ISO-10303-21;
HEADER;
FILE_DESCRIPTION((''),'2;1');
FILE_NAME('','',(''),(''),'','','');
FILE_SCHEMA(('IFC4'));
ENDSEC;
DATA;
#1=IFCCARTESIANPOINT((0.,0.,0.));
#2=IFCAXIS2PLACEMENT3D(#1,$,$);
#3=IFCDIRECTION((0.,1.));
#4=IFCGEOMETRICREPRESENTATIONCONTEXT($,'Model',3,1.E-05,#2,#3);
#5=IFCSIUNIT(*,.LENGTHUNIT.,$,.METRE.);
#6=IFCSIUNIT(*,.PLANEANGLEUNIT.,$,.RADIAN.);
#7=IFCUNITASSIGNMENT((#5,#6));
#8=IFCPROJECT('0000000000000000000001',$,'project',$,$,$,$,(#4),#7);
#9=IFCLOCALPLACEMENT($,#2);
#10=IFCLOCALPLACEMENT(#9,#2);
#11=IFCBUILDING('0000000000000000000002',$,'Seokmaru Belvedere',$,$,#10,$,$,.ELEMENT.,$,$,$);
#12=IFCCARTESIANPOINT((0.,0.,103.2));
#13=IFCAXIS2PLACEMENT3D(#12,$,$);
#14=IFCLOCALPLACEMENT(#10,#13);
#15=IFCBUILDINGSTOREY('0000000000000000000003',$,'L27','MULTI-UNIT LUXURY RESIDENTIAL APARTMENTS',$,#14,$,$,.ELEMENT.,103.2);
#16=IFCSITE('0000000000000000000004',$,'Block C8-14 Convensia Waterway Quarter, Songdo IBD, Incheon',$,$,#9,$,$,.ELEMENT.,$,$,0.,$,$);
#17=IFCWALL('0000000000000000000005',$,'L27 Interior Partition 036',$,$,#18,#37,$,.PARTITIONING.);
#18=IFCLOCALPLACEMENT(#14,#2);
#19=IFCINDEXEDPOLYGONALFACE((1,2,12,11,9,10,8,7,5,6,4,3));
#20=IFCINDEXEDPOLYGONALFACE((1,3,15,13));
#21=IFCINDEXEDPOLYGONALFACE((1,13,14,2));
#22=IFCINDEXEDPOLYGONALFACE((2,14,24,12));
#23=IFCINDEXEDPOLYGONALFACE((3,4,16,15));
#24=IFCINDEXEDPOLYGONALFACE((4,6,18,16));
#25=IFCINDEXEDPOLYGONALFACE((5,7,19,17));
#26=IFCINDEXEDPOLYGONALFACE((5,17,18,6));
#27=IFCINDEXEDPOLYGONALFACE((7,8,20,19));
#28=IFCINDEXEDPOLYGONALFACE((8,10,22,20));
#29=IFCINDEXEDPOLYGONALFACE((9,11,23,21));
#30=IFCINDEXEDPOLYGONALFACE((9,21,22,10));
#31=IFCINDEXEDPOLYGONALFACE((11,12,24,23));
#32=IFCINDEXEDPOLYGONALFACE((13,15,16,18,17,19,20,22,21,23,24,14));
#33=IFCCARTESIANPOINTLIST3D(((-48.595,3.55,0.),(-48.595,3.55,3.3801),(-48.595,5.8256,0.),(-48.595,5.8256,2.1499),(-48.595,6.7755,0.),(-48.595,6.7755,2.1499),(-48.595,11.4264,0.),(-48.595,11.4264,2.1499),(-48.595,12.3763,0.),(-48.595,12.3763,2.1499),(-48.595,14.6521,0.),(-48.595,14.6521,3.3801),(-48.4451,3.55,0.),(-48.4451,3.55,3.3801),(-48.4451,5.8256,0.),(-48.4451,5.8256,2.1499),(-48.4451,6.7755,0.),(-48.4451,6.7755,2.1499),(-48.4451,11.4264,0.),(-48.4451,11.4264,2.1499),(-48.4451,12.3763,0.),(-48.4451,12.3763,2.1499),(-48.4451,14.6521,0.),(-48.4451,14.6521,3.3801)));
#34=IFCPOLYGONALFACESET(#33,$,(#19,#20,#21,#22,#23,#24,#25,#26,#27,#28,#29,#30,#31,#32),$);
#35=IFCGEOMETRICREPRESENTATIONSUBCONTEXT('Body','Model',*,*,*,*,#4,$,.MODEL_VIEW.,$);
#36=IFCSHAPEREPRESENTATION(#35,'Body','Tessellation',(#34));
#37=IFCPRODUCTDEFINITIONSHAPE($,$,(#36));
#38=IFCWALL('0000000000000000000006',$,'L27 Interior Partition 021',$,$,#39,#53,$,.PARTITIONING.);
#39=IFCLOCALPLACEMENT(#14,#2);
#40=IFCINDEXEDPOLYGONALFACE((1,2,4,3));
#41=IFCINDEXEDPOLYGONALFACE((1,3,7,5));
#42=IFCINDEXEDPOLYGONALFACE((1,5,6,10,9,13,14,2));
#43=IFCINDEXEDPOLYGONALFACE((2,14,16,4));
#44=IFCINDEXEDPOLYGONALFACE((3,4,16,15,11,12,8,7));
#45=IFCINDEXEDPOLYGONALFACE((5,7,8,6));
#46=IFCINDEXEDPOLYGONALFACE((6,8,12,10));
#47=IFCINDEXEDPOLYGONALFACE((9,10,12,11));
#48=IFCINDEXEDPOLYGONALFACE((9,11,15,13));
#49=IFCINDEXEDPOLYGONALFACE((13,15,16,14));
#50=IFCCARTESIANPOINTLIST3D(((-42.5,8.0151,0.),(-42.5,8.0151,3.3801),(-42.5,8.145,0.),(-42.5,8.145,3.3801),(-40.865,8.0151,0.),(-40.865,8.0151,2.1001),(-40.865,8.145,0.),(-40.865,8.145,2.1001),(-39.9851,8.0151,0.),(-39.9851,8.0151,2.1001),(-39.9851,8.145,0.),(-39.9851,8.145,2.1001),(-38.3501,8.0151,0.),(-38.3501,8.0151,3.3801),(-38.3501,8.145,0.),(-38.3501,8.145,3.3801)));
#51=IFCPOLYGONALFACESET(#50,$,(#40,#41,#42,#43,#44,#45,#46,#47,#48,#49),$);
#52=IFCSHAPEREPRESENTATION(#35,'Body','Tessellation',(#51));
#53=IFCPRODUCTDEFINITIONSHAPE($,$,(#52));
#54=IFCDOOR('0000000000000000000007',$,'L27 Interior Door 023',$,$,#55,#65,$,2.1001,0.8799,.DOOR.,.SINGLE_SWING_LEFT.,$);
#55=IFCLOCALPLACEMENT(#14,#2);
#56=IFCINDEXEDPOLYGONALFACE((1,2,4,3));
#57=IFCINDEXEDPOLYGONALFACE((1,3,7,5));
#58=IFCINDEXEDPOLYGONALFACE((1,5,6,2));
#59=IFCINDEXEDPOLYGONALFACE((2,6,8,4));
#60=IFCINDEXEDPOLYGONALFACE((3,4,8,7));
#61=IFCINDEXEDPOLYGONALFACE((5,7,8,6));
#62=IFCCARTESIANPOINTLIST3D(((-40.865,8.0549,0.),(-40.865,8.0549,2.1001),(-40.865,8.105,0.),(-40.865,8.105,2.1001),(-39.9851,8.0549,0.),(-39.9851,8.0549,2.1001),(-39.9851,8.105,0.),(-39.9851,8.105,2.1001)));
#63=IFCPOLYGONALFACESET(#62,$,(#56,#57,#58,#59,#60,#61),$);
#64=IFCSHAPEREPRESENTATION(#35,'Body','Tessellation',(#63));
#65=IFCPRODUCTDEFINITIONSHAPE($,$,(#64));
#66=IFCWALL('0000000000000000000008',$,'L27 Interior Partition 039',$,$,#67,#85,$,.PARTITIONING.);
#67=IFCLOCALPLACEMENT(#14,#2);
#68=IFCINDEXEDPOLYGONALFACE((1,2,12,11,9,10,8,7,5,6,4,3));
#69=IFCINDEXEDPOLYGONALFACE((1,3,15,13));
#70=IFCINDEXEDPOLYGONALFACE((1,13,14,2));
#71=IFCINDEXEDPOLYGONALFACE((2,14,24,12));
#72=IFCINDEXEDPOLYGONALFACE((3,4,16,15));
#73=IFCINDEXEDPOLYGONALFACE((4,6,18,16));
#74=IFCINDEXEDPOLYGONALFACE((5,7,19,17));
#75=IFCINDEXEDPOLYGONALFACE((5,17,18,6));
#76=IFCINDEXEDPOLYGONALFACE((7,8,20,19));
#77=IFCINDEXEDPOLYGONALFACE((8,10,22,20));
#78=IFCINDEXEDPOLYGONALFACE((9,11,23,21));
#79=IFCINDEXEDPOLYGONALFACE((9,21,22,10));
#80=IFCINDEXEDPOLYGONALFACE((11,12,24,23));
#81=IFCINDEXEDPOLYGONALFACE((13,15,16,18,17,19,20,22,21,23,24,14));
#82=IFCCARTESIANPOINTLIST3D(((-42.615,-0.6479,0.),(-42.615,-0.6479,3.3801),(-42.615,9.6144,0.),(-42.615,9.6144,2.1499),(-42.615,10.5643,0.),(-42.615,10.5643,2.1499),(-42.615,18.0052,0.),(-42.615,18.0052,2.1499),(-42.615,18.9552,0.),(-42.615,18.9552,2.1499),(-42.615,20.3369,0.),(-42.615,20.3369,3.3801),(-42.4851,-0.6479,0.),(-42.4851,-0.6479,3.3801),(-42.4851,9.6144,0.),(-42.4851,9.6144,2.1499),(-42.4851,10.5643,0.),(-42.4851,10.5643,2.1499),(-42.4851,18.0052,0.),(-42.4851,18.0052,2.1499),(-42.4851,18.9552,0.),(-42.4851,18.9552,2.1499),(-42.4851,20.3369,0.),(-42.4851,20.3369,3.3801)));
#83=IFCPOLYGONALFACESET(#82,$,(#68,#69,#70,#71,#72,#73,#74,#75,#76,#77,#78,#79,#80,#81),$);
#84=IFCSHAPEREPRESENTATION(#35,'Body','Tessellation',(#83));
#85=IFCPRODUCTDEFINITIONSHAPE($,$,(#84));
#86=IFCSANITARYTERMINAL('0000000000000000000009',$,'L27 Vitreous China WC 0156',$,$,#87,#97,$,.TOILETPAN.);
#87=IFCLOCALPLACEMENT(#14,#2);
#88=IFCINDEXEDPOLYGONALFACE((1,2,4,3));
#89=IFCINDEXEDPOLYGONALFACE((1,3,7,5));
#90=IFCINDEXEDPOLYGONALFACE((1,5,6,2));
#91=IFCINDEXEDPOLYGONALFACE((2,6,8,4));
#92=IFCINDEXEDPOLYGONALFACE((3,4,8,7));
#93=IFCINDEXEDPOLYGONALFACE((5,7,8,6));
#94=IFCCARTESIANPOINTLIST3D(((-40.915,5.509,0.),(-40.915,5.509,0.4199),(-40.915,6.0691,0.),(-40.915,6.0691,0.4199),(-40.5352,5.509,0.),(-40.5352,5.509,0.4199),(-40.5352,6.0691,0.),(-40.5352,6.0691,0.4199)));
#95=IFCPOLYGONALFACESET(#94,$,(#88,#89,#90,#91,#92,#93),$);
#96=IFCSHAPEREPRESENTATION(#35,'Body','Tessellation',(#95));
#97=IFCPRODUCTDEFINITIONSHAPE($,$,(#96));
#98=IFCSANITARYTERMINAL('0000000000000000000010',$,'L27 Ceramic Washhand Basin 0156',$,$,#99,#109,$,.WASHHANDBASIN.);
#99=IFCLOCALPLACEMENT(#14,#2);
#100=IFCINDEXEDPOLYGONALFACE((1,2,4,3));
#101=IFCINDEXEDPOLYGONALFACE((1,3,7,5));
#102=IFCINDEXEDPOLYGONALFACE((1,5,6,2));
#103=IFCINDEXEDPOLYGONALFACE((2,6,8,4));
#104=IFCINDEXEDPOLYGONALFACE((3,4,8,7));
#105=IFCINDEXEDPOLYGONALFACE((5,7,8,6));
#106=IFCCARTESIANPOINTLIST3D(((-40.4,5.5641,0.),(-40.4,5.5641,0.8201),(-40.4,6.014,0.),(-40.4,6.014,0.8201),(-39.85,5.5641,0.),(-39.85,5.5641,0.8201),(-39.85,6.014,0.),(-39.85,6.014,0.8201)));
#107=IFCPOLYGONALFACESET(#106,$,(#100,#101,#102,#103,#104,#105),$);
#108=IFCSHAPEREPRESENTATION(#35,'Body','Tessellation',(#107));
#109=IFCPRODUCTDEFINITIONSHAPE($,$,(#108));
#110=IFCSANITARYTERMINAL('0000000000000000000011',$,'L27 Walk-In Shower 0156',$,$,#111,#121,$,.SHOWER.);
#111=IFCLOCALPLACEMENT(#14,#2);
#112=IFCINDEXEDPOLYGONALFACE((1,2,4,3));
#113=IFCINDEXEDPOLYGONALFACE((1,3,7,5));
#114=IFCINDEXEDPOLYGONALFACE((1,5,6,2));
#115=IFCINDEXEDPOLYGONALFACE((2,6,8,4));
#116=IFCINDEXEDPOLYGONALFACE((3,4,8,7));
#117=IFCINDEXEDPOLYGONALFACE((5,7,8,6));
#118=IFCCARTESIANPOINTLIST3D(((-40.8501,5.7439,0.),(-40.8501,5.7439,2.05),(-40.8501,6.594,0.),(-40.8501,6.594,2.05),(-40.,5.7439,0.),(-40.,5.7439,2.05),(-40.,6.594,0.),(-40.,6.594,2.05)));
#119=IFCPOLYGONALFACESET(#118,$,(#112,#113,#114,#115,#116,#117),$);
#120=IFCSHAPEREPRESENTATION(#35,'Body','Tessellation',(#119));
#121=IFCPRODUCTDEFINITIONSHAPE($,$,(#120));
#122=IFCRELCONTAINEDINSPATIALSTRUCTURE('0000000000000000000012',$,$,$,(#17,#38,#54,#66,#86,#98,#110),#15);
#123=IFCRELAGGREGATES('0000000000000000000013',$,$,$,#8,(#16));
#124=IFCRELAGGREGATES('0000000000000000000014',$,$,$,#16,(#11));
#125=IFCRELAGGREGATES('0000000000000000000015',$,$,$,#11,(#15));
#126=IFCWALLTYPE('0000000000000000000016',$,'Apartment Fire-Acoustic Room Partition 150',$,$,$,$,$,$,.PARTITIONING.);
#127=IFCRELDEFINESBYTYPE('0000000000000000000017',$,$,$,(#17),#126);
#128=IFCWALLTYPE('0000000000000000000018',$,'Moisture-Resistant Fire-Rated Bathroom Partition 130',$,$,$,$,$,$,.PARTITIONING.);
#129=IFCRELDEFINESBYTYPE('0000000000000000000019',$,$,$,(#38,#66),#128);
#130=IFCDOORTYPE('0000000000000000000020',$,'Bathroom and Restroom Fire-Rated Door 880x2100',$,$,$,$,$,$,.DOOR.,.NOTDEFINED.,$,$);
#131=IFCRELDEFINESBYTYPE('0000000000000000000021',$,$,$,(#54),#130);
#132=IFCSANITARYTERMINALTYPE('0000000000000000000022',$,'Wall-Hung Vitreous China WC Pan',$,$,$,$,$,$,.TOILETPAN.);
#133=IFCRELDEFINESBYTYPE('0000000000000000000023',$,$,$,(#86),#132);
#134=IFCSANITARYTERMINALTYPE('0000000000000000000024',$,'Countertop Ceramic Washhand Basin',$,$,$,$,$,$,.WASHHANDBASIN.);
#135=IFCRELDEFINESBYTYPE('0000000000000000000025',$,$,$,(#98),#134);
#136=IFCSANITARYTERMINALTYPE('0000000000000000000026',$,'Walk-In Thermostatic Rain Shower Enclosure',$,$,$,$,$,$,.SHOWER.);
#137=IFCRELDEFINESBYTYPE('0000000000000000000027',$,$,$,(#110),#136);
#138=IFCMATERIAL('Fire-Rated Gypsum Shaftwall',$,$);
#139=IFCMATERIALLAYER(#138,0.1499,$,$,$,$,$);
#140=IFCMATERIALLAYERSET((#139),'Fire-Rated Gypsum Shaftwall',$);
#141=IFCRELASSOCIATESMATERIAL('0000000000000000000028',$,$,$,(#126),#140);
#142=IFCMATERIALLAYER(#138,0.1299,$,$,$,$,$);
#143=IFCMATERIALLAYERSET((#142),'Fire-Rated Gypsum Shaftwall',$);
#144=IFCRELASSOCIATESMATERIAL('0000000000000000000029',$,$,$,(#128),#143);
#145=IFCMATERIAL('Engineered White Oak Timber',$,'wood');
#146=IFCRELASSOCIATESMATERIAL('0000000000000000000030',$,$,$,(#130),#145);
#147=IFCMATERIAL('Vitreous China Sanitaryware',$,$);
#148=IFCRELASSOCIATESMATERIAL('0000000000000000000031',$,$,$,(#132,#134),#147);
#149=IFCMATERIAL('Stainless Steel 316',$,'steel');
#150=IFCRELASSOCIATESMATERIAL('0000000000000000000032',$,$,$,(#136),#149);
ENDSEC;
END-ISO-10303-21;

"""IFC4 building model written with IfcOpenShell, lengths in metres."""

from ifc_helpers import new_model, si_unit, direction, frame, frame_2d, origin, origin_2d, place, context, subcontext, project, spatial, rectangle, extrude, source, transform, mapped, material, layer, layer_set, type_object, type_shapes, element, fill, save


model = new_model("IFC4")

# Units and contexts
model_context = context("Model", 3, precision=1e-05, world=origin(), true_north=direction((0.0, 1.0)))
body_context = subcontext(model_context, "Body", "Model", "MODEL_VIEW")
ifc_project = project(units=[si_unit("LENGTHUNIT", "METRE"), si_unit("PLANEANGLEUNIT", "RADIAN")], contexts=[model_context])

# Site, building, storey
site_placement = place(None, origin())
site = spatial("IfcSite", under=ifc_project, at=site_placement, Name="Block C8-14 Convensia Waterway Quarter, Songdo IBD, Incheon", CompositionType="ELEMENT", RefElevation=0.0)
building_placement = place(site_placement, origin())
building = spatial("IfcBuilding", under=site, at=building_placement, Name="Seokmaru Belvedere", CompositionType="ELEMENT")
storey_placement = place(building_placement, frame((0.0, 0.0, 103.2)))
storey = spatial("IfcBuildingStorey", under=building, at=storey_placement, Name="L27", Description="MULTI-UNIT LUXURY RESIDENTIAL APARTMENTS", CompositionType="ELEMENT", Elevation=103.2)

# Shared definitions
ifc_material_1 = material(Name="Fire-Rated Gypsum Shaftwall")
ifc_layer_1 = layer(ifc_material_1, 0.1499)
ifc_layer_set_1 = layer_set([ifc_layer_1], Name="Fire-Rated Gypsum Shaftwall")
wall_type_1 = type_object("IfcWallType", Name="Apartment Fire-Acoustic Room Partition 150", PredefinedType="PARTITIONING", material=ifc_layer_set_1)
ifc_material_2 = material(Name="Engineered White Oak Timber", Category="wood")

# Wall, openings
wall_1_placement = place(storey_placement, frame((-48.52, 3.55, 0.0), z_axis=(0.0, 0.0, 1.0), x_axis=(0.0, 1.0, 0.0)))
wall_1 = element("IfcWall", 1, at=wall_1_placement, inside=storey, type_object=wall_type_1, Name="L27 Interior Partition 036", PredefinedType="PARTITIONING", context=body_context, shape_type="SweptSolid", body=[
    extrude(rectangle(XDim=11.1021, YDim=0.1499, at=frame_2d((5.551, 0.0))), origin(), (0.0, 0.0, 1.0), 3.3801),
])
opening_1_placement = place(wall_1_placement, frame((7.8762, 0.0, 0.0)))
element("IfcOpeningElement", 2, at=opening_1_placement, cuts=wall_1, PredefinedType="OPENING", context=body_context, shape_type="SweptSolid", body=[
    extrude(rectangle(XDim=0.95, YDim=2.1499, at=frame_2d((0.4751, 1.075))), frame((0.0, 0.085, 0.0), z_axis=(0.0, -1.0, 0.0), x_axis=(1.0, 0.0, 0.0)), (0.0, 0.0, 1.0), 0.1699),
])
opening_2_placement = place(wall_1_placement, frame((2.2754, 0.0, 0.0)))
element("IfcOpeningElement", 3, at=opening_2_placement, cuts=wall_1, PredefinedType="OPENING", context=body_context, shape_type="SweptSolid", body=[
    extrude(rectangle(XDim=0.95, YDim=2.1499, at=frame_2d((0.4751, 1.075))), frame((0.0, 0.085, 0.0), z_axis=(0.0, -1.0, 0.0), x_axis=(1.0, 0.0, 0.0)), (0.0, 0.0, 1.0), 0.1699),
])

# Wall, opening, door
ifc_layer_2 = layer(ifc_material_1, 0.1299)
ifc_layer_set_2 = layer_set([ifc_layer_2], Name="Fire-Rated Gypsum Shaftwall")
wall_type_2 = type_object("IfcWallType", Name="Moisture-Resistant Fire-Rated Bathroom Partition 130", PredefinedType="PARTITIONING", material=ifc_layer_set_2)
wall_2_placement = place(storey_placement, frame((-42.5, 8.0801, 0.0), z_axis=(0.0, 0.0, 1.0), x_axis=(1.0, 0.0, 0.0)))
wall_2 = element("IfcWall", 4, at=wall_2_placement, inside=storey, type_object=wall_type_2, Name="L27 Interior Partition 021", PredefinedType="PARTITIONING", context=body_context, shape_type="SweptSolid", body=[
    extrude(rectangle(XDim=4.1499, YDim=0.1299, at=frame_2d((2.075, 0.0))), origin(), (0.0, 0.0, 1.0), 3.3801),
])
opening_3_placement = place(wall_2_placement, frame((1.635, 0.0, 0.0)))
opening_3 = element("IfcOpeningElement", 5, at=opening_3_placement, cuts=wall_2, PredefinedType="OPENING", context=body_context, shape_type="SweptSolid", body=[
    extrude(rectangle(XDim=0.8799, YDim=2.1001, at=frame_2d((0.4399, 1.05))), frame((0.0, 0.075, 0.0), z_axis=(0.0, -1.0, 0.0), x_axis=(1.0, 0.0, 0.0)), (0.0, 0.0, 1.0), 0.1499),
])
door_type_1 = type_object("IfcDoorType", Name="Bathroom and Restroom Fire-Rated Door 880x2100", OperationType="NOTDEFINED", PredefinedType="DOOR", material=ifc_material_2)
shared_shape_1 = source(origin(), body_context, "Body", "SweptSolid", [
    extrude(rectangle(XDim=0.8799, YDim=2.1001, at=frame_2d((0.4399, 1.05))), frame((0.0, 0.0249, 0.0), z_axis=(0.0, -1.0, 0.0), x_axis=(1.0, 0.0, 0.0)), (0.0, 0.0, 1.0), 0.05),
])
type_shapes(door_type_1, [shared_shape_1])
door_1_placement = place(opening_3_placement, origin())
door_1 = element("IfcDoor", 6, at=door_1_placement, inside=storey, type_object=door_type_1, Name="L27 Interior Door 023", OperationType="SINGLE_SWING_LEFT", OverallHeight=2.1001, OverallWidth=0.8799, PredefinedType="DOOR", context=body_context, shape_type="MappedRepresentation", body=[
    mapped(shared_shape_1, transform((0.0, 0.0, 0.0), scale=1.0)),
])
fill(opening_3, door_1)

# Wall, openings
wall_3_placement = place(storey_placement, frame((-42.55, -0.6479, 0.0), z_axis=(0.0, 0.0, 1.0), x_axis=(0.0, 1.0, 0.0)))
wall_3 = element("IfcWall", 7, at=wall_3_placement, inside=storey, type_object=wall_type_2, Name="L27 Interior Partition 039", PredefinedType="PARTITIONING", context=body_context, shape_type="SweptSolid", body=[
    extrude(rectangle(XDim=20.9849, YDim=0.1299, at=frame_2d((10.4924, 0.0))), origin(), (0.0, 0.0, 1.0), 3.3801),
])
opening_4_placement = place(wall_3_placement, frame((10.2622, 0.0, 0.0)))
element("IfcOpeningElement", 8, at=opening_4_placement, cuts=wall_3, PredefinedType="OPENING", context=body_context, shape_type="SweptSolid", body=[
    extrude(rectangle(XDim=0.95, YDim=2.1499, at=frame_2d((0.4751, 1.075))), frame((0.0, 0.075, 0.0), z_axis=(0.0, -1.0, 0.0), x_axis=(1.0, 0.0, 0.0)), (0.0, 0.0, 1.0), 0.1499),
])
opening_5_placement = place(wall_3_placement, frame((18.6531, 0.0, 0.0)))
element("IfcOpeningElement", 9, at=opening_5_placement, cuts=wall_3, PredefinedType="OPENING", context=body_context, shape_type="SweptSolid", body=[
    extrude(rectangle(XDim=0.95, YDim=2.1499, at=frame_2d((0.4751, 1.075))), frame((0.0, 0.075, 0.0), z_axis=(0.0, -1.0, 0.0), x_axis=(1.0, 0.0, 0.0)), (0.0, 0.0, 1.0), 0.1499),
])

# Sanitary terminals
ifc_material_3 = material(Name="Vitreous China Sanitaryware")
sanitary_terminal_type_1 = type_object("IfcSanitaryTerminalType", Name="Wall-Hung Vitreous China WC Pan", PredefinedType="TOILETPAN", material=ifc_material_3)
shared_shape_2 = source(origin(), body_context, "Body", "SweptSolid", [
    extrude(rectangle(XDim=0.3799, YDim=0.5601, at=origin_2d()), origin(), (0.0, 0.0, 1.0), 0.4199),
])
type_shapes(sanitary_terminal_type_1, [shared_shape_2])
sanitary_terminal_1_placement = place(storey_placement, frame((-40.7251, 5.7891, 0.0), z_axis=(0.0, 0.0, 1.0), x_axis=(1.0, 0.0, 0.0)))
element("IfcSanitaryTerminal", 10, at=sanitary_terminal_1_placement, inside=storey, type_object=sanitary_terminal_type_1, Name="L27 Vitreous China WC 0156", PredefinedType="TOILETPAN", context=body_context, shape_type="MappedRepresentation", body=[
    mapped(shared_shape_2, transform((0.0, 0.0, 0.0), scale=1.0)),
])
sanitary_terminal_type_2 = type_object("IfcSanitaryTerminalType", Name="Countertop Ceramic Washhand Basin", PredefinedType="WASHHANDBASIN", material=ifc_material_3)
shared_shape_3 = source(origin(), body_context, "Body", "SweptSolid", [
    extrude(rectangle(XDim=0.55, YDim=0.45, at=origin_2d()), origin(), (0.0, 0.0, 1.0), 0.8201),
])
type_shapes(sanitary_terminal_type_2, [shared_shape_3])
sanitary_terminal_2_placement = place(storey_placement, frame((-40.125, 5.7891, 0.0), z_axis=(0.0, 0.0, 1.0), x_axis=(1.0, 0.0, 0.0)))
element("IfcSanitaryTerminal", 11, at=sanitary_terminal_2_placement, inside=storey, type_object=sanitary_terminal_type_2, Name="L27 Ceramic Washhand Basin 0156", PredefinedType="WASHHANDBASIN", context=body_context, shape_type="MappedRepresentation", body=[
    mapped(shared_shape_3, transform((0.0, 0.0, 0.0), scale=1.0)),
])
ifc_material_4 = material(Name="Stainless Steel 316", Category="steel")
sanitary_terminal_type_3 = type_object("IfcSanitaryTerminalType", Name="Walk-In Thermostatic Rain Shower Enclosure", PredefinedType="SHOWER", material=ifc_material_4)
shared_shape_4 = source(origin(), body_context, "Body", "SweptSolid", [
    extrude(rectangle(XDim=0.8501, YDim=0.8501, at=origin_2d()), origin(), (0.0, 0.0, 1.0), 2.05),
])
type_shapes(sanitary_terminal_type_3, [shared_shape_4])
sanitary_terminal_3_placement = place(storey_placement, frame((-40.425, 6.1689, 0.0), z_axis=(0.0, 0.0, 1.0), x_axis=(1.0, 0.0, 0.0)))
element("IfcSanitaryTerminal", 12, at=sanitary_terminal_3_placement, inside=storey, type_object=sanitary_terminal_type_3, Name="L27 Walk-In Shower 0156", PredefinedType="SHOWER", context=body_context, shape_type="MappedRepresentation", body=[
    mapped(shared_shape_4, transform((0.0, 0.0, 0.0), scale=1.0)),
])

save(model, "model.ifc")
